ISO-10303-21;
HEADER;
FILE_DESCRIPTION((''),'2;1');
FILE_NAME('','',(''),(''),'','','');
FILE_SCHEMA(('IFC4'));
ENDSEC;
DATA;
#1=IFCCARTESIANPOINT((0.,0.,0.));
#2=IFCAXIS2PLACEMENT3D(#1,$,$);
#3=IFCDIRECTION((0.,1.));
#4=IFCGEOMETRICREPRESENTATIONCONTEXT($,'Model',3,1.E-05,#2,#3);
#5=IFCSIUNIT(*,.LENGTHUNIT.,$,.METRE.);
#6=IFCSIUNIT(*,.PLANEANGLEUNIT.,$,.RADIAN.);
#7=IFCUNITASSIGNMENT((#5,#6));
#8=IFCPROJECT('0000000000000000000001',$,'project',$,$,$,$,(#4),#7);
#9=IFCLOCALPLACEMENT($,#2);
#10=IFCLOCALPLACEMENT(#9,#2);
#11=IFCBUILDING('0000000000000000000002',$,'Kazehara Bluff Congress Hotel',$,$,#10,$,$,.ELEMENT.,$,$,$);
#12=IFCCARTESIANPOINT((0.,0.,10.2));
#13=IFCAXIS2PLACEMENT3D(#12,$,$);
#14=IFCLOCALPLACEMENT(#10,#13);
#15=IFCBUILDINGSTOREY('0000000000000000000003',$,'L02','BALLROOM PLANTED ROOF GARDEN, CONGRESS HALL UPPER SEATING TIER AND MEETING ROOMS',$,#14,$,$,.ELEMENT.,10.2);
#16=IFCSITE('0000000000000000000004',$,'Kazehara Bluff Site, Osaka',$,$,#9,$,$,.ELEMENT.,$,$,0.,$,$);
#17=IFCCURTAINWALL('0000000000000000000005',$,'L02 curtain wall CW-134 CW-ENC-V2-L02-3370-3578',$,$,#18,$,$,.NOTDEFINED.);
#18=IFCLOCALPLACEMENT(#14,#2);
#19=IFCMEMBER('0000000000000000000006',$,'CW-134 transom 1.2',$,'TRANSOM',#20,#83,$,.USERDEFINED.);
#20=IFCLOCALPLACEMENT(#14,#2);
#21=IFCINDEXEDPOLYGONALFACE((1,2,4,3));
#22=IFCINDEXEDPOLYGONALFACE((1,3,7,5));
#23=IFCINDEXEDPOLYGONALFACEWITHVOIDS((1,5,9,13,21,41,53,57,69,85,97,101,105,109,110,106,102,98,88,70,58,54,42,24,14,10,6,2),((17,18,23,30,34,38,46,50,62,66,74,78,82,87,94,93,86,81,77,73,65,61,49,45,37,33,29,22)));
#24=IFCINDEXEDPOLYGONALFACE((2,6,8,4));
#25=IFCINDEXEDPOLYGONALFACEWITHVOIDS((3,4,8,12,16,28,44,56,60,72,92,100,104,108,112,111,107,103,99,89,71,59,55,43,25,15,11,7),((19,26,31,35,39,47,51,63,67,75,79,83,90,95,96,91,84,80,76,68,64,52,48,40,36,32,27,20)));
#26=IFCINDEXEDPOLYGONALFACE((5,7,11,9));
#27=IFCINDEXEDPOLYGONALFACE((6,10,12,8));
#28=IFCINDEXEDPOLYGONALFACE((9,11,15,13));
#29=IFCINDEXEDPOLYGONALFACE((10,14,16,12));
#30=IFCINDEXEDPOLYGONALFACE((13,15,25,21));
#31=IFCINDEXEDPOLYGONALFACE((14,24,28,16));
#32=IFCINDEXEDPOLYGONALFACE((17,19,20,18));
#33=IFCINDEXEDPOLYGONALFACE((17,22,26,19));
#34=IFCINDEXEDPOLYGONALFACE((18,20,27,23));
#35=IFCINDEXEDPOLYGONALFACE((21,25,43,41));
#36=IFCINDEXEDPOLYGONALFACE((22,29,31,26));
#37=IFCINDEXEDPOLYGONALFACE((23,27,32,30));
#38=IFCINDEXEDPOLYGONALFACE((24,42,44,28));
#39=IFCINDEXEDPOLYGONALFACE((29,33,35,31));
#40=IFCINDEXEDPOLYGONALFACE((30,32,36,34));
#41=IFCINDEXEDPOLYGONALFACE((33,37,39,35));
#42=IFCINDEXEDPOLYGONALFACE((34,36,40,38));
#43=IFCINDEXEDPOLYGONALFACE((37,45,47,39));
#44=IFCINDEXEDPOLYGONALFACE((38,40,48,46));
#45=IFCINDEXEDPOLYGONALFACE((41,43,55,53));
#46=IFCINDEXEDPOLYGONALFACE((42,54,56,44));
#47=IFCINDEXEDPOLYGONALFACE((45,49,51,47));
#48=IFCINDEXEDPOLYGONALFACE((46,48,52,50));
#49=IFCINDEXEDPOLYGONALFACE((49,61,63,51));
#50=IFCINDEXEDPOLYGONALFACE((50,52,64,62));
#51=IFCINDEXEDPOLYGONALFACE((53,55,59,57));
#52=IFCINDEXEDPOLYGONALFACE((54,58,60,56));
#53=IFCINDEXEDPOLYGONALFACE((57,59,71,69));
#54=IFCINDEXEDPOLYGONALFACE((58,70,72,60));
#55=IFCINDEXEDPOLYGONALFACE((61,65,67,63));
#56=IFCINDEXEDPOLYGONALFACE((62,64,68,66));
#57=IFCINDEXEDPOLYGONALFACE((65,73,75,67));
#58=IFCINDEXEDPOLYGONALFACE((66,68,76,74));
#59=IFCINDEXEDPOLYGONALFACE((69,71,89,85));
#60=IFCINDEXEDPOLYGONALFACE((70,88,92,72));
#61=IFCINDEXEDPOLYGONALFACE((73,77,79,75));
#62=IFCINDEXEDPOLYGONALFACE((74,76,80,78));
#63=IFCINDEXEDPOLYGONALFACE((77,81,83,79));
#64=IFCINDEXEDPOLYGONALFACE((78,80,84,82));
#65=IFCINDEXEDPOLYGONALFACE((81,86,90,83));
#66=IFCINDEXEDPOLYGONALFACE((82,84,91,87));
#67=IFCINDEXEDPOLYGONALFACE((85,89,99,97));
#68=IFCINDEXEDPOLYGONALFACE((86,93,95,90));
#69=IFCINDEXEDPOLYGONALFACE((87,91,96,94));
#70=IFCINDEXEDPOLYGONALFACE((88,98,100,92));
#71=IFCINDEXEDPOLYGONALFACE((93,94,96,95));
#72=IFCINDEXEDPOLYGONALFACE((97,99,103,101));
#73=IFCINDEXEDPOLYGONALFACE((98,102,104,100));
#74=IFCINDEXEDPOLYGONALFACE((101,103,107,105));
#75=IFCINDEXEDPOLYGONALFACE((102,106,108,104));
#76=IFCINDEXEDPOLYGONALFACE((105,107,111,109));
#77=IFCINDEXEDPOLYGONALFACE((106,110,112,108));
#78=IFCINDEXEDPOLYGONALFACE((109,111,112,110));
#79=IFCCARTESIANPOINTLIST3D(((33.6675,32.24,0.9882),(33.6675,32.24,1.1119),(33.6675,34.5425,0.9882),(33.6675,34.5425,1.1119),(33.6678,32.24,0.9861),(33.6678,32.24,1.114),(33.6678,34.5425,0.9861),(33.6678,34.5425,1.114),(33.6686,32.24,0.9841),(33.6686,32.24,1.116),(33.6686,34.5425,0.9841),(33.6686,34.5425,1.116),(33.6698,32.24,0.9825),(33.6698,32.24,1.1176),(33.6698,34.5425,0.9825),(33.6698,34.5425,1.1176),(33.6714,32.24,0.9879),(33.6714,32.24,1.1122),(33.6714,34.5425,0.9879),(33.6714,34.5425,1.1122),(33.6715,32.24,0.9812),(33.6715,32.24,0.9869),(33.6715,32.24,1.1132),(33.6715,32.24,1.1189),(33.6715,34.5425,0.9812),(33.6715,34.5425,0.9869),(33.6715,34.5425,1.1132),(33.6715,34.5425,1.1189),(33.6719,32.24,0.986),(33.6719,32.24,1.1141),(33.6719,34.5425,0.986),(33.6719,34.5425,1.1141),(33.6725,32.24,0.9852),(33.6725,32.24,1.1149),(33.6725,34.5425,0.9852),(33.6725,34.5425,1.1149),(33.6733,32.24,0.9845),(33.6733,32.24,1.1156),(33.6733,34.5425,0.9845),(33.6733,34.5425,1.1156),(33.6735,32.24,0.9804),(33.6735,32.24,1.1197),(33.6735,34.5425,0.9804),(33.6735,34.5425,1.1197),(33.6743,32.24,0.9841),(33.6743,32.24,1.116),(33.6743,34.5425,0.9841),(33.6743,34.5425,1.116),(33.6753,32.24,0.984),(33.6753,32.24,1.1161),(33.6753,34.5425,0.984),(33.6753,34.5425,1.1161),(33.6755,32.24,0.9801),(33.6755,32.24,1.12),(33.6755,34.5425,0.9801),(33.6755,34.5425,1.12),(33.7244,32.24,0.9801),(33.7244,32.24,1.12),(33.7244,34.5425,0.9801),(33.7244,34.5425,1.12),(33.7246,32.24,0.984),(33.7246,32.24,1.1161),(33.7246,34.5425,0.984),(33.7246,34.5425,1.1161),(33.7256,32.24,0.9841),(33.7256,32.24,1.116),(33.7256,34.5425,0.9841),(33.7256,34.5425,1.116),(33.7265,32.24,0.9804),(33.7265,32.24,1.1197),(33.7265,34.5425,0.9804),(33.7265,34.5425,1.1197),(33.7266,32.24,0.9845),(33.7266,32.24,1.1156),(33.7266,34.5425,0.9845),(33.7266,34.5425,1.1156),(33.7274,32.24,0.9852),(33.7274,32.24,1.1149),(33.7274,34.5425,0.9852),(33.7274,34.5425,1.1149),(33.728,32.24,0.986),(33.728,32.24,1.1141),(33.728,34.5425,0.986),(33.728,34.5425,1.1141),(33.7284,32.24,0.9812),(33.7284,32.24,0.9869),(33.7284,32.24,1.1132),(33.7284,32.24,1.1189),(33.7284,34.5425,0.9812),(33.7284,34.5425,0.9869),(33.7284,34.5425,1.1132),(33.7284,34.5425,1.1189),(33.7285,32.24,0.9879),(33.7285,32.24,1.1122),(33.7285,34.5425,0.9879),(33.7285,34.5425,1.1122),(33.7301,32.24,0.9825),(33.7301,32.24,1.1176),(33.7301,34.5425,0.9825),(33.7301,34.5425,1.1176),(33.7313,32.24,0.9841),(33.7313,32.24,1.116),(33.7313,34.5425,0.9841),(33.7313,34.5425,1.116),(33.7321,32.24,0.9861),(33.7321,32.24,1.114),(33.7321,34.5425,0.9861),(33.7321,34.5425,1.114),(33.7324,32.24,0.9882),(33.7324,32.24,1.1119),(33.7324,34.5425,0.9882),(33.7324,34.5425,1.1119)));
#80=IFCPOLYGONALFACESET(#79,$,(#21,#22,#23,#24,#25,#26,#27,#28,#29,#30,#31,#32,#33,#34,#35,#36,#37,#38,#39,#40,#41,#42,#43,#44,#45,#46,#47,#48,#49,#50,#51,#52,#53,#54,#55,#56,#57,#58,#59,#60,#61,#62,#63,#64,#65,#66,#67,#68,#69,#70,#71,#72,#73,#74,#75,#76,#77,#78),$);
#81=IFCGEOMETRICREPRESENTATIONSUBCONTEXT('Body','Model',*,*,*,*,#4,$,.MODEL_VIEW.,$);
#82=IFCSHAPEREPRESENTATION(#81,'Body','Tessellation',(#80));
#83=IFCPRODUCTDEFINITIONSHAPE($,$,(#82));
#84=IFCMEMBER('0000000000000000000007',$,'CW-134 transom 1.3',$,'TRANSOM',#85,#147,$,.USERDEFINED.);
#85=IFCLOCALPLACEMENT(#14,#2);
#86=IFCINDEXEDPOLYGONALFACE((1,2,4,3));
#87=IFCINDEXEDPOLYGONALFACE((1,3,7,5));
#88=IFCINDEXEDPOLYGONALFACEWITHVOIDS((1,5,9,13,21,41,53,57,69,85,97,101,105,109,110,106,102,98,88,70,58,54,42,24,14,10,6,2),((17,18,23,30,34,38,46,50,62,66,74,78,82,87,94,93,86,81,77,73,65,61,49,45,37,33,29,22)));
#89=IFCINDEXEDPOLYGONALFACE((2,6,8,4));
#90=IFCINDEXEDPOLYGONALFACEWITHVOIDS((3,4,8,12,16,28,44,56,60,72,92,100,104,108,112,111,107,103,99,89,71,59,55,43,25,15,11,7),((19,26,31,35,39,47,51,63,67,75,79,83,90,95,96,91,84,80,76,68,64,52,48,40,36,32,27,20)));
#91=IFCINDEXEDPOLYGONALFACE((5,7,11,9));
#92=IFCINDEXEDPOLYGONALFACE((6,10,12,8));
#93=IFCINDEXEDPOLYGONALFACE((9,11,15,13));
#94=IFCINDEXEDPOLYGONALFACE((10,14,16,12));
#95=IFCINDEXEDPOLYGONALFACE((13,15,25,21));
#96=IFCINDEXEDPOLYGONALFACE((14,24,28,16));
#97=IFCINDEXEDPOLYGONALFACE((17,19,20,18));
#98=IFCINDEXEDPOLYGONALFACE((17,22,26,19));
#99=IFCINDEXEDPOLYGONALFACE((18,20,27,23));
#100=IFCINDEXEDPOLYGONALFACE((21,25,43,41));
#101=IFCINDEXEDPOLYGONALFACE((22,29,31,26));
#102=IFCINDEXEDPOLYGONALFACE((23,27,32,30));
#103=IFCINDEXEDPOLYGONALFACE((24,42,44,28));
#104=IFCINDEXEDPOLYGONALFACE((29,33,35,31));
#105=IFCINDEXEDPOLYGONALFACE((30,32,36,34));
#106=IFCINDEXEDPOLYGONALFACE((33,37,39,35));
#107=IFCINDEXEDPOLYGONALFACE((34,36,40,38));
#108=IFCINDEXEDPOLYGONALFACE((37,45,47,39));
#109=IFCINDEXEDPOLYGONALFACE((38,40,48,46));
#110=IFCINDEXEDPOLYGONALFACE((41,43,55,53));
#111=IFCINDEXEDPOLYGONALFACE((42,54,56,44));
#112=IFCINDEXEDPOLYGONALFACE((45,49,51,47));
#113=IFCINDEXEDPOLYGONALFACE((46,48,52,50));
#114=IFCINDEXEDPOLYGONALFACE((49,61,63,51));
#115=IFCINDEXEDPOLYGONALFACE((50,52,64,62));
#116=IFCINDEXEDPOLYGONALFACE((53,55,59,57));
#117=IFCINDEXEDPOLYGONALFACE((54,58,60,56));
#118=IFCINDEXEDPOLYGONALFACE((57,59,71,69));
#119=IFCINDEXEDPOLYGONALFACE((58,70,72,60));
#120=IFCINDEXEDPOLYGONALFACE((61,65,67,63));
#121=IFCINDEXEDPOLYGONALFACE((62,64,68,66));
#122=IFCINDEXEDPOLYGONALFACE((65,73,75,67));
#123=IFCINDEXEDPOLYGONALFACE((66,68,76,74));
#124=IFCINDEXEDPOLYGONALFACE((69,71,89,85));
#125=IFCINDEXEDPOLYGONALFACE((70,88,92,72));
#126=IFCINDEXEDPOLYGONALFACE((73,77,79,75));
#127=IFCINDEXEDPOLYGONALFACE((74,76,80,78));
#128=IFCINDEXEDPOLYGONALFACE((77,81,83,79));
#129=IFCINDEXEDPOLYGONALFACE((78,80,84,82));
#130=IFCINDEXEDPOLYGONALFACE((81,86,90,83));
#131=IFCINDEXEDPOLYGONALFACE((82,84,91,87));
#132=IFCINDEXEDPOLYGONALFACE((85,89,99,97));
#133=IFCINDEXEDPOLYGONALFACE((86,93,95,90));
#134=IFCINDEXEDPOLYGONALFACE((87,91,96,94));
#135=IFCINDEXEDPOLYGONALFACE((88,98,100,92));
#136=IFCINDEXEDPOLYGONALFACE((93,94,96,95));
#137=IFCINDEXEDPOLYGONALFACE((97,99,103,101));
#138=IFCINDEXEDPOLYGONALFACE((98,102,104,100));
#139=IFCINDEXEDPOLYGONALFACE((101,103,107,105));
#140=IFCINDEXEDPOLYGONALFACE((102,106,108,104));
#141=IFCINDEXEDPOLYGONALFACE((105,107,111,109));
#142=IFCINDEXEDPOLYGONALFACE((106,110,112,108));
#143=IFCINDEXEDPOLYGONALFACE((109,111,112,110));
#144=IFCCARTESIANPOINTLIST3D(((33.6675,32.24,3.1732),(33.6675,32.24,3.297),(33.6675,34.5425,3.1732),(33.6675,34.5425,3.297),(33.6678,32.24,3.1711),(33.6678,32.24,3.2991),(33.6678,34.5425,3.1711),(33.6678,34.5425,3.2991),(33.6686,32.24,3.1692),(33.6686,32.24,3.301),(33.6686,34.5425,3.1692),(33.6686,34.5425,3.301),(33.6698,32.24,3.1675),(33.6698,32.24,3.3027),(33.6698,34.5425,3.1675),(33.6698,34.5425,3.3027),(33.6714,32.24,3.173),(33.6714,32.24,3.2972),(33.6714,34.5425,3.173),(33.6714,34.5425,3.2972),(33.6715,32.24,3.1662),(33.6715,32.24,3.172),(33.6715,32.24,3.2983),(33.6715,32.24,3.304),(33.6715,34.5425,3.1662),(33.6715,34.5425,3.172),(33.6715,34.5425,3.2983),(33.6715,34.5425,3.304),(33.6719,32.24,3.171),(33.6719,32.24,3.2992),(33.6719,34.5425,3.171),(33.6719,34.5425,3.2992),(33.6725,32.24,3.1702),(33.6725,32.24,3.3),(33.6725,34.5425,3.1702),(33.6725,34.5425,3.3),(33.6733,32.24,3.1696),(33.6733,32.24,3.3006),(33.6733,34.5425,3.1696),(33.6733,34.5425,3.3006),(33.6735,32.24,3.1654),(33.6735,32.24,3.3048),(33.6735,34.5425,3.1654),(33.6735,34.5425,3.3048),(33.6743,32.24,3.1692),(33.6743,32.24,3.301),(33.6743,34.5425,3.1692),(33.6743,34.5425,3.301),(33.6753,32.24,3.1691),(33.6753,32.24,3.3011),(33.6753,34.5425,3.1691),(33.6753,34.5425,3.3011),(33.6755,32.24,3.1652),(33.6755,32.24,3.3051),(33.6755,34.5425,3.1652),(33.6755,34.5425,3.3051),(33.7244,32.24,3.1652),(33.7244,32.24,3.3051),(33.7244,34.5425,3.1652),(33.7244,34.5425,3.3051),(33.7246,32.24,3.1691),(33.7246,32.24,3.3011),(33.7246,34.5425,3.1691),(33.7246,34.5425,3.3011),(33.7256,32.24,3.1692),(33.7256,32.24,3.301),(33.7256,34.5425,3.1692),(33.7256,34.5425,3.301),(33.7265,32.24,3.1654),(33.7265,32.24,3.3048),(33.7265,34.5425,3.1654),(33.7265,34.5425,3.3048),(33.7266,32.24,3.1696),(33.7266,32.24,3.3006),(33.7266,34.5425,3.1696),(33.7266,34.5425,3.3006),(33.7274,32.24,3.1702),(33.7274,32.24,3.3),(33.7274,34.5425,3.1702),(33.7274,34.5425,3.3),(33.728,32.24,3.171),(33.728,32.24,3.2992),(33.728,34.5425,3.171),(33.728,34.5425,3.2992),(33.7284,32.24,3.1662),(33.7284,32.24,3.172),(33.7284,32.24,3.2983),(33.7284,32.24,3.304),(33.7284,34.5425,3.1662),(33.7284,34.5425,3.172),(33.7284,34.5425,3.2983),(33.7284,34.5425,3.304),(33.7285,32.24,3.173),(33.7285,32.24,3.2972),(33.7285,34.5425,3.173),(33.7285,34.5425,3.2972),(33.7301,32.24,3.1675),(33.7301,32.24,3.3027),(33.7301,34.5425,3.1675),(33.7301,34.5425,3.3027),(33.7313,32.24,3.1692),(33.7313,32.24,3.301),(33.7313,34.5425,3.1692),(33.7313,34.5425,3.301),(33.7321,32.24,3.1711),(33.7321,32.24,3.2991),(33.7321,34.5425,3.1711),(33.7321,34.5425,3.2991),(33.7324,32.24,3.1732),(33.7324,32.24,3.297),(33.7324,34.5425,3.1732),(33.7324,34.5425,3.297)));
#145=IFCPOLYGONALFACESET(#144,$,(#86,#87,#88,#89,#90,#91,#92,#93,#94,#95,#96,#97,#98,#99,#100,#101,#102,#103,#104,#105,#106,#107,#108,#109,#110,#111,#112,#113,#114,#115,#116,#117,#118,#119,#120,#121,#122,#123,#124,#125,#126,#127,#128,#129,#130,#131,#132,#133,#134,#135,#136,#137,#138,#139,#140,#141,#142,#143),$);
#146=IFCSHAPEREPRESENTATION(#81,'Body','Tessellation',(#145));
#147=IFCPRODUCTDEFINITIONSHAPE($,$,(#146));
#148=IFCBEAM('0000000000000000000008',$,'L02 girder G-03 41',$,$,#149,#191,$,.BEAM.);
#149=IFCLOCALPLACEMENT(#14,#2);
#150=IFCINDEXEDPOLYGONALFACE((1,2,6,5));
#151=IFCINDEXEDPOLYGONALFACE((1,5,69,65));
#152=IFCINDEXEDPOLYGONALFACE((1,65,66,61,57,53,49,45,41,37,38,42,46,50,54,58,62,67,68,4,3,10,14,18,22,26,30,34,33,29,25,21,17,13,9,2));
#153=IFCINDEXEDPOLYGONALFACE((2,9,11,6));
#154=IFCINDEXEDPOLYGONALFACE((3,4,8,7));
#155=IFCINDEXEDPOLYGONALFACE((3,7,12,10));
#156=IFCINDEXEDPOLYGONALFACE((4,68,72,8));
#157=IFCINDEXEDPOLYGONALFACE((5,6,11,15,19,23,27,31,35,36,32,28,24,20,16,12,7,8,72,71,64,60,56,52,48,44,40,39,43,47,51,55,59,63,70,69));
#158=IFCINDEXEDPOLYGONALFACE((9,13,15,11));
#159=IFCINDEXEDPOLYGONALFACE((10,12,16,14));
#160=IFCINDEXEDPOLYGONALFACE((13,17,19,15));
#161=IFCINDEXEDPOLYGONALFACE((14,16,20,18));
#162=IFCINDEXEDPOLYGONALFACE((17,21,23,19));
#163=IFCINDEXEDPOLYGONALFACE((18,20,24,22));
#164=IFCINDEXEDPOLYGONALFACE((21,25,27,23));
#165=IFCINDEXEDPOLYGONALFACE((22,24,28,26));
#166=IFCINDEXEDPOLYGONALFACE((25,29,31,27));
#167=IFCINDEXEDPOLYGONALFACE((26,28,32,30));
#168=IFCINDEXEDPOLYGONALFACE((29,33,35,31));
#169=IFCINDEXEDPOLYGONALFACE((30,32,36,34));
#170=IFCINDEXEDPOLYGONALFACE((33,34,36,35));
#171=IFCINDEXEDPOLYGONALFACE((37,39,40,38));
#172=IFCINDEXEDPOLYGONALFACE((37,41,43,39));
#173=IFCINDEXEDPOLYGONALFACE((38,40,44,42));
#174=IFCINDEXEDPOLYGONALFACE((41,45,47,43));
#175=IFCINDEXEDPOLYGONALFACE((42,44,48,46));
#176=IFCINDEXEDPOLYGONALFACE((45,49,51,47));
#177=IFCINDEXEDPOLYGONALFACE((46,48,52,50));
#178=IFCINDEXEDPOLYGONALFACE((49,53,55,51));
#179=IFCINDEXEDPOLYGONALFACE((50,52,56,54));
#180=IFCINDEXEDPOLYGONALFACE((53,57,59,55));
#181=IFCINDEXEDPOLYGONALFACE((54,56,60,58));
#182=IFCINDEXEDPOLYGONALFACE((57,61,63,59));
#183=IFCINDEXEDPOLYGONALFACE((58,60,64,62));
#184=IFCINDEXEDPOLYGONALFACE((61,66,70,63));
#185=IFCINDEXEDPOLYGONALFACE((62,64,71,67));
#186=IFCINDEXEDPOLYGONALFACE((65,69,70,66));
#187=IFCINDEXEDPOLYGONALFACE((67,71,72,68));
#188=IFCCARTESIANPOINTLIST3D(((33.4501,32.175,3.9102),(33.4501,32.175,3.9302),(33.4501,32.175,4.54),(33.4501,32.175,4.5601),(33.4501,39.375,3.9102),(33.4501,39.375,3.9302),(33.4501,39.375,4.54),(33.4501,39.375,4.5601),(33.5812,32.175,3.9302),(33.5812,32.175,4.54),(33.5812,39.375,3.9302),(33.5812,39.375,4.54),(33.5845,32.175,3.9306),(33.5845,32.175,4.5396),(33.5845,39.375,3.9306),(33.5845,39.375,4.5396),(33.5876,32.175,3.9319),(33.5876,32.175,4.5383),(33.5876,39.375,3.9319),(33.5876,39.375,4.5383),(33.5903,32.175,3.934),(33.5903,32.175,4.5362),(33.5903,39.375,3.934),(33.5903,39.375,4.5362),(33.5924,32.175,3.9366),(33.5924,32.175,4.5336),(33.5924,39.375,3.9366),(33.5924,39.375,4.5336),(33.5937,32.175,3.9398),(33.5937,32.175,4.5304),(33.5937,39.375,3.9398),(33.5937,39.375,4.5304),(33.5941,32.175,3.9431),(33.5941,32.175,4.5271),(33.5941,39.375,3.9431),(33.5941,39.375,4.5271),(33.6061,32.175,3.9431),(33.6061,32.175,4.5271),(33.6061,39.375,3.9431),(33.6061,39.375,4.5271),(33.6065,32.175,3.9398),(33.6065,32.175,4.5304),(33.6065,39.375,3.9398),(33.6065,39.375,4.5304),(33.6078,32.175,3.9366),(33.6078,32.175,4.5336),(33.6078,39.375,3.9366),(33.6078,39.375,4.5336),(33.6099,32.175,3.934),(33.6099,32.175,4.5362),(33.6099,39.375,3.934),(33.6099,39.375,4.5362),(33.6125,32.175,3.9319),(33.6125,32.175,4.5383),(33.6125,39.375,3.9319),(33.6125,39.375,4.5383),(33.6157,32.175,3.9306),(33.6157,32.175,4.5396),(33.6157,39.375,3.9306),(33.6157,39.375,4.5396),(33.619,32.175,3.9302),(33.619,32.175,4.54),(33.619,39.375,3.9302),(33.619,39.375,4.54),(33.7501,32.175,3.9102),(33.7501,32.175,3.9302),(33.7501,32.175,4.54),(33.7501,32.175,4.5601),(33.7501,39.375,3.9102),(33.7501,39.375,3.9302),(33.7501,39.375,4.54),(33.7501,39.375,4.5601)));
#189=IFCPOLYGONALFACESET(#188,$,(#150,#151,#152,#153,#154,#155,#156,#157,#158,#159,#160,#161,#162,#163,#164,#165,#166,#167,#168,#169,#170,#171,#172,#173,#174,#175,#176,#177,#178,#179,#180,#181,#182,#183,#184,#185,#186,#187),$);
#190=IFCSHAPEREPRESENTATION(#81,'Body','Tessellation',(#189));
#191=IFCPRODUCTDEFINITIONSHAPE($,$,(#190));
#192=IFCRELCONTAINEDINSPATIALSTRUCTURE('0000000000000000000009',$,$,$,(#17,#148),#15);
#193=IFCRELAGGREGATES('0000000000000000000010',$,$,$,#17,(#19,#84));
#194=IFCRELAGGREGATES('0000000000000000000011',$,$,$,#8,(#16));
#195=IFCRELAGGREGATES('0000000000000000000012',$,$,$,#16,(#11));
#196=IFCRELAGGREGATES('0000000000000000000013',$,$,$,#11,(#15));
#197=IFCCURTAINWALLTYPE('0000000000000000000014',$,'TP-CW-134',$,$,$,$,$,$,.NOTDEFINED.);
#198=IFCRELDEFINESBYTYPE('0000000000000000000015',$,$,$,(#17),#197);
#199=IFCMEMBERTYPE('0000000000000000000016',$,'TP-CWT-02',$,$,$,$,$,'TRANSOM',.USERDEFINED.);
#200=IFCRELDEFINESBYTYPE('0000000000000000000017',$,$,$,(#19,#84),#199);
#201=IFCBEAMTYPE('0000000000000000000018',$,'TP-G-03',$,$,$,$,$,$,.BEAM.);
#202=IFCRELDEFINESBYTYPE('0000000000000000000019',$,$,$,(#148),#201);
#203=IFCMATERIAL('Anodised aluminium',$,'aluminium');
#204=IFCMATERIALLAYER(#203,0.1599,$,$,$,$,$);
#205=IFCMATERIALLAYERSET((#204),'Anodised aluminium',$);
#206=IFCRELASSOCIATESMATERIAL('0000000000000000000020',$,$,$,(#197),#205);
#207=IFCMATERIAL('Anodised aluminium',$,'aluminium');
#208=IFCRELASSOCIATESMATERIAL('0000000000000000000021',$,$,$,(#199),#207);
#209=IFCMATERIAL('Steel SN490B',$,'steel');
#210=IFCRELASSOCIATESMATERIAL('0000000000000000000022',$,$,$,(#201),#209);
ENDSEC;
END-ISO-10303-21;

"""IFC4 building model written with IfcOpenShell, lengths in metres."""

from ifc_helpers import new_model, si_unit, direction, frame, origin, origin_2d, place, context, subcontext, project, spatial, hollow_rectangle, i_section, extrude, material, layer, layer_set, material_profile, profile_set, type_object, element, aggregate, save


model = new_model("IFC4")

# Units and contexts
model_context = context("Model", 3, precision=1e-05, world=origin(), true_north=direction((0.0, 1.0)))
body_context = subcontext(model_context, "Body", "Model", "MODEL_VIEW")
ifc_project = project(units=[si_unit("LENGTHUNIT", "METRE"), si_unit("PLANEANGLEUNIT", "RADIAN")], contexts=[model_context])

# Site, building, storey
site_placement = place(None, origin())
site = spatial("IfcSite", under=ifc_project, at=site_placement, Name="Kazehara Bluff Site, Osaka", CompositionType="ELEMENT", RefElevation=0.0)
building_placement = place(site_placement, origin())
building = spatial("IfcBuilding", under=site, at=building_placement, Name="Kazehara Bluff Congress Hotel", CompositionType="ELEMENT")
storey_placement = place(building_placement, frame((0.0, 0.0, 10.2)))
storey = spatial("IfcBuildingStorey", under=building, at=storey_placement, Name="L02", Description="BALLROOM PLANTED ROOF GARDEN, CONGRESS HALL UPPER SEATING TIER AND MEETING ROOMS", CompositionType="ELEMENT", Elevation=10.2)

# Curtain wall
ifc_material_1 = material(Name="Anodised aluminium", Category="aluminium")
ifc_layer_1 = layer(ifc_material_1, 0.1599)
ifc_layer_set_1 = layer_set([ifc_layer_1], Name="Anodised aluminium")
curtain_wall_type_1 = type_object("IfcCurtainWallType", Name="TP-CW-134", PredefinedType="NOTDEFINED", material=ifc_layer_set_1)
curtain_wall_1_placement = place(storey_placement, origin())
curtain_wall_1 = element("IfcCurtainWall", 1, at=curtain_wall_1_placement, inside=storey, type_object=curtain_wall_type_1, Name="L02 curtain wall CW-134 CW-ENC-V2-L02-3370-3578", PredefinedType="NOTDEFINED")

# Members
ifc_material_2 = material(Name="Anodised aluminium", Category="aluminium")
ifc_material_profile_1 = material_profile(ifc_material_2, hollow_rectangle(XDim=0.0649, YDim=0.1399, WallThickness=0.0039, InnerFilletRadius=0.0039, OuterFilletRadius=0.0081, at=origin_2d()))
ifc_profile_set_1 = profile_set([ifc_material_profile_1], Name="Anodised aluminium")
member_type_1 = type_object("IfcMemberType", Name="TP-CWT-02", ElementType="TRANSOM", PredefinedType="USERDEFINED", material=ifc_profile_set_1)
member_1_placement = place(storey_placement, frame((33.7, 32.24, 1.05), z_axis=(0.0, 1.0, 0.0), x_axis=(-1.0, 0.0, 0.0)))
member_1 = element("IfcMember", 2, at=member_1_placement, type_object=member_type_1, Name="CW-134 transom 1.2", ObjectType="TRANSOM", PredefinedType="USERDEFINED", context=body_context, shape_type="SweptSolid", body=[
    extrude(hollow_rectangle(XDim=0.0649, YDim=0.1399, WallThickness=0.0039, InnerFilletRadius=0.0039, OuterFilletRadius=0.0081, at=origin_2d()), origin(), (0.0, 0.0, 1.0), 2.3025),
])
member_2_placement = place(storey_placement, frame((33.7, 32.24, 3.2351), z_axis=(0.0, 1.0, 0.0), x_axis=(-1.0, 0.0, 0.0)))
member_2 = element("IfcMember", 3, at=member_2_placement, type_object=member_type_1, Name="CW-134 transom 1.3", ObjectType="TRANSOM", PredefinedType="USERDEFINED", context=body_context, shape_type="SweptSolid", body=[
    extrude(hollow_rectangle(XDim=0.0649, YDim=0.1399, WallThickness=0.0039, InnerFilletRadius=0.0039, OuterFilletRadius=0.0081, at=origin_2d()), origin(), (0.0, 0.0, 1.0), 2.3025),
])
aggregate(curtain_wall_1, [member_1, member_2])

# Beam
ifc_material_3 = material(Name="Steel SN490B", Category="steel")
ifc_material_profile_2 = material_profile(ifc_material_3, i_section(OverallWidth=0.3, OverallDepth=0.6499, WebThickness=0.012, FlangeThickness=0.02, FilletRadius=0.0129, at=origin_2d()))
ifc_profile_set_2 = profile_set([ifc_material_profile_2], Name="Steel SN490B")
beam_type = type_object("IfcBeamType", Name="TP-G-03", PredefinedType="BEAM", material=ifc_profile_set_2)
beam_placement = place(storey_placement, frame((33.6001, 32.175, 4.2351), z_axis=(0.0, 1.0, 0.0), x_axis=(-1.0, 0.0, 0.0)))
element("IfcBeam", 4, at=beam_placement, inside=storey, type_object=beam_type, Name="L02 girder G-03 41", PredefinedType="BEAM", context=body_context, shape_type="SweptSolid", body=[
    extrude(i_section(OverallWidth=0.3, OverallDepth=0.6499, WebThickness=0.012, FlangeThickness=0.02, FilletRadius=0.0129, at=origin_2d()), origin(), (0.0, 0.0, 1.0), 7.2),
])

save(model, "model.ifc")
